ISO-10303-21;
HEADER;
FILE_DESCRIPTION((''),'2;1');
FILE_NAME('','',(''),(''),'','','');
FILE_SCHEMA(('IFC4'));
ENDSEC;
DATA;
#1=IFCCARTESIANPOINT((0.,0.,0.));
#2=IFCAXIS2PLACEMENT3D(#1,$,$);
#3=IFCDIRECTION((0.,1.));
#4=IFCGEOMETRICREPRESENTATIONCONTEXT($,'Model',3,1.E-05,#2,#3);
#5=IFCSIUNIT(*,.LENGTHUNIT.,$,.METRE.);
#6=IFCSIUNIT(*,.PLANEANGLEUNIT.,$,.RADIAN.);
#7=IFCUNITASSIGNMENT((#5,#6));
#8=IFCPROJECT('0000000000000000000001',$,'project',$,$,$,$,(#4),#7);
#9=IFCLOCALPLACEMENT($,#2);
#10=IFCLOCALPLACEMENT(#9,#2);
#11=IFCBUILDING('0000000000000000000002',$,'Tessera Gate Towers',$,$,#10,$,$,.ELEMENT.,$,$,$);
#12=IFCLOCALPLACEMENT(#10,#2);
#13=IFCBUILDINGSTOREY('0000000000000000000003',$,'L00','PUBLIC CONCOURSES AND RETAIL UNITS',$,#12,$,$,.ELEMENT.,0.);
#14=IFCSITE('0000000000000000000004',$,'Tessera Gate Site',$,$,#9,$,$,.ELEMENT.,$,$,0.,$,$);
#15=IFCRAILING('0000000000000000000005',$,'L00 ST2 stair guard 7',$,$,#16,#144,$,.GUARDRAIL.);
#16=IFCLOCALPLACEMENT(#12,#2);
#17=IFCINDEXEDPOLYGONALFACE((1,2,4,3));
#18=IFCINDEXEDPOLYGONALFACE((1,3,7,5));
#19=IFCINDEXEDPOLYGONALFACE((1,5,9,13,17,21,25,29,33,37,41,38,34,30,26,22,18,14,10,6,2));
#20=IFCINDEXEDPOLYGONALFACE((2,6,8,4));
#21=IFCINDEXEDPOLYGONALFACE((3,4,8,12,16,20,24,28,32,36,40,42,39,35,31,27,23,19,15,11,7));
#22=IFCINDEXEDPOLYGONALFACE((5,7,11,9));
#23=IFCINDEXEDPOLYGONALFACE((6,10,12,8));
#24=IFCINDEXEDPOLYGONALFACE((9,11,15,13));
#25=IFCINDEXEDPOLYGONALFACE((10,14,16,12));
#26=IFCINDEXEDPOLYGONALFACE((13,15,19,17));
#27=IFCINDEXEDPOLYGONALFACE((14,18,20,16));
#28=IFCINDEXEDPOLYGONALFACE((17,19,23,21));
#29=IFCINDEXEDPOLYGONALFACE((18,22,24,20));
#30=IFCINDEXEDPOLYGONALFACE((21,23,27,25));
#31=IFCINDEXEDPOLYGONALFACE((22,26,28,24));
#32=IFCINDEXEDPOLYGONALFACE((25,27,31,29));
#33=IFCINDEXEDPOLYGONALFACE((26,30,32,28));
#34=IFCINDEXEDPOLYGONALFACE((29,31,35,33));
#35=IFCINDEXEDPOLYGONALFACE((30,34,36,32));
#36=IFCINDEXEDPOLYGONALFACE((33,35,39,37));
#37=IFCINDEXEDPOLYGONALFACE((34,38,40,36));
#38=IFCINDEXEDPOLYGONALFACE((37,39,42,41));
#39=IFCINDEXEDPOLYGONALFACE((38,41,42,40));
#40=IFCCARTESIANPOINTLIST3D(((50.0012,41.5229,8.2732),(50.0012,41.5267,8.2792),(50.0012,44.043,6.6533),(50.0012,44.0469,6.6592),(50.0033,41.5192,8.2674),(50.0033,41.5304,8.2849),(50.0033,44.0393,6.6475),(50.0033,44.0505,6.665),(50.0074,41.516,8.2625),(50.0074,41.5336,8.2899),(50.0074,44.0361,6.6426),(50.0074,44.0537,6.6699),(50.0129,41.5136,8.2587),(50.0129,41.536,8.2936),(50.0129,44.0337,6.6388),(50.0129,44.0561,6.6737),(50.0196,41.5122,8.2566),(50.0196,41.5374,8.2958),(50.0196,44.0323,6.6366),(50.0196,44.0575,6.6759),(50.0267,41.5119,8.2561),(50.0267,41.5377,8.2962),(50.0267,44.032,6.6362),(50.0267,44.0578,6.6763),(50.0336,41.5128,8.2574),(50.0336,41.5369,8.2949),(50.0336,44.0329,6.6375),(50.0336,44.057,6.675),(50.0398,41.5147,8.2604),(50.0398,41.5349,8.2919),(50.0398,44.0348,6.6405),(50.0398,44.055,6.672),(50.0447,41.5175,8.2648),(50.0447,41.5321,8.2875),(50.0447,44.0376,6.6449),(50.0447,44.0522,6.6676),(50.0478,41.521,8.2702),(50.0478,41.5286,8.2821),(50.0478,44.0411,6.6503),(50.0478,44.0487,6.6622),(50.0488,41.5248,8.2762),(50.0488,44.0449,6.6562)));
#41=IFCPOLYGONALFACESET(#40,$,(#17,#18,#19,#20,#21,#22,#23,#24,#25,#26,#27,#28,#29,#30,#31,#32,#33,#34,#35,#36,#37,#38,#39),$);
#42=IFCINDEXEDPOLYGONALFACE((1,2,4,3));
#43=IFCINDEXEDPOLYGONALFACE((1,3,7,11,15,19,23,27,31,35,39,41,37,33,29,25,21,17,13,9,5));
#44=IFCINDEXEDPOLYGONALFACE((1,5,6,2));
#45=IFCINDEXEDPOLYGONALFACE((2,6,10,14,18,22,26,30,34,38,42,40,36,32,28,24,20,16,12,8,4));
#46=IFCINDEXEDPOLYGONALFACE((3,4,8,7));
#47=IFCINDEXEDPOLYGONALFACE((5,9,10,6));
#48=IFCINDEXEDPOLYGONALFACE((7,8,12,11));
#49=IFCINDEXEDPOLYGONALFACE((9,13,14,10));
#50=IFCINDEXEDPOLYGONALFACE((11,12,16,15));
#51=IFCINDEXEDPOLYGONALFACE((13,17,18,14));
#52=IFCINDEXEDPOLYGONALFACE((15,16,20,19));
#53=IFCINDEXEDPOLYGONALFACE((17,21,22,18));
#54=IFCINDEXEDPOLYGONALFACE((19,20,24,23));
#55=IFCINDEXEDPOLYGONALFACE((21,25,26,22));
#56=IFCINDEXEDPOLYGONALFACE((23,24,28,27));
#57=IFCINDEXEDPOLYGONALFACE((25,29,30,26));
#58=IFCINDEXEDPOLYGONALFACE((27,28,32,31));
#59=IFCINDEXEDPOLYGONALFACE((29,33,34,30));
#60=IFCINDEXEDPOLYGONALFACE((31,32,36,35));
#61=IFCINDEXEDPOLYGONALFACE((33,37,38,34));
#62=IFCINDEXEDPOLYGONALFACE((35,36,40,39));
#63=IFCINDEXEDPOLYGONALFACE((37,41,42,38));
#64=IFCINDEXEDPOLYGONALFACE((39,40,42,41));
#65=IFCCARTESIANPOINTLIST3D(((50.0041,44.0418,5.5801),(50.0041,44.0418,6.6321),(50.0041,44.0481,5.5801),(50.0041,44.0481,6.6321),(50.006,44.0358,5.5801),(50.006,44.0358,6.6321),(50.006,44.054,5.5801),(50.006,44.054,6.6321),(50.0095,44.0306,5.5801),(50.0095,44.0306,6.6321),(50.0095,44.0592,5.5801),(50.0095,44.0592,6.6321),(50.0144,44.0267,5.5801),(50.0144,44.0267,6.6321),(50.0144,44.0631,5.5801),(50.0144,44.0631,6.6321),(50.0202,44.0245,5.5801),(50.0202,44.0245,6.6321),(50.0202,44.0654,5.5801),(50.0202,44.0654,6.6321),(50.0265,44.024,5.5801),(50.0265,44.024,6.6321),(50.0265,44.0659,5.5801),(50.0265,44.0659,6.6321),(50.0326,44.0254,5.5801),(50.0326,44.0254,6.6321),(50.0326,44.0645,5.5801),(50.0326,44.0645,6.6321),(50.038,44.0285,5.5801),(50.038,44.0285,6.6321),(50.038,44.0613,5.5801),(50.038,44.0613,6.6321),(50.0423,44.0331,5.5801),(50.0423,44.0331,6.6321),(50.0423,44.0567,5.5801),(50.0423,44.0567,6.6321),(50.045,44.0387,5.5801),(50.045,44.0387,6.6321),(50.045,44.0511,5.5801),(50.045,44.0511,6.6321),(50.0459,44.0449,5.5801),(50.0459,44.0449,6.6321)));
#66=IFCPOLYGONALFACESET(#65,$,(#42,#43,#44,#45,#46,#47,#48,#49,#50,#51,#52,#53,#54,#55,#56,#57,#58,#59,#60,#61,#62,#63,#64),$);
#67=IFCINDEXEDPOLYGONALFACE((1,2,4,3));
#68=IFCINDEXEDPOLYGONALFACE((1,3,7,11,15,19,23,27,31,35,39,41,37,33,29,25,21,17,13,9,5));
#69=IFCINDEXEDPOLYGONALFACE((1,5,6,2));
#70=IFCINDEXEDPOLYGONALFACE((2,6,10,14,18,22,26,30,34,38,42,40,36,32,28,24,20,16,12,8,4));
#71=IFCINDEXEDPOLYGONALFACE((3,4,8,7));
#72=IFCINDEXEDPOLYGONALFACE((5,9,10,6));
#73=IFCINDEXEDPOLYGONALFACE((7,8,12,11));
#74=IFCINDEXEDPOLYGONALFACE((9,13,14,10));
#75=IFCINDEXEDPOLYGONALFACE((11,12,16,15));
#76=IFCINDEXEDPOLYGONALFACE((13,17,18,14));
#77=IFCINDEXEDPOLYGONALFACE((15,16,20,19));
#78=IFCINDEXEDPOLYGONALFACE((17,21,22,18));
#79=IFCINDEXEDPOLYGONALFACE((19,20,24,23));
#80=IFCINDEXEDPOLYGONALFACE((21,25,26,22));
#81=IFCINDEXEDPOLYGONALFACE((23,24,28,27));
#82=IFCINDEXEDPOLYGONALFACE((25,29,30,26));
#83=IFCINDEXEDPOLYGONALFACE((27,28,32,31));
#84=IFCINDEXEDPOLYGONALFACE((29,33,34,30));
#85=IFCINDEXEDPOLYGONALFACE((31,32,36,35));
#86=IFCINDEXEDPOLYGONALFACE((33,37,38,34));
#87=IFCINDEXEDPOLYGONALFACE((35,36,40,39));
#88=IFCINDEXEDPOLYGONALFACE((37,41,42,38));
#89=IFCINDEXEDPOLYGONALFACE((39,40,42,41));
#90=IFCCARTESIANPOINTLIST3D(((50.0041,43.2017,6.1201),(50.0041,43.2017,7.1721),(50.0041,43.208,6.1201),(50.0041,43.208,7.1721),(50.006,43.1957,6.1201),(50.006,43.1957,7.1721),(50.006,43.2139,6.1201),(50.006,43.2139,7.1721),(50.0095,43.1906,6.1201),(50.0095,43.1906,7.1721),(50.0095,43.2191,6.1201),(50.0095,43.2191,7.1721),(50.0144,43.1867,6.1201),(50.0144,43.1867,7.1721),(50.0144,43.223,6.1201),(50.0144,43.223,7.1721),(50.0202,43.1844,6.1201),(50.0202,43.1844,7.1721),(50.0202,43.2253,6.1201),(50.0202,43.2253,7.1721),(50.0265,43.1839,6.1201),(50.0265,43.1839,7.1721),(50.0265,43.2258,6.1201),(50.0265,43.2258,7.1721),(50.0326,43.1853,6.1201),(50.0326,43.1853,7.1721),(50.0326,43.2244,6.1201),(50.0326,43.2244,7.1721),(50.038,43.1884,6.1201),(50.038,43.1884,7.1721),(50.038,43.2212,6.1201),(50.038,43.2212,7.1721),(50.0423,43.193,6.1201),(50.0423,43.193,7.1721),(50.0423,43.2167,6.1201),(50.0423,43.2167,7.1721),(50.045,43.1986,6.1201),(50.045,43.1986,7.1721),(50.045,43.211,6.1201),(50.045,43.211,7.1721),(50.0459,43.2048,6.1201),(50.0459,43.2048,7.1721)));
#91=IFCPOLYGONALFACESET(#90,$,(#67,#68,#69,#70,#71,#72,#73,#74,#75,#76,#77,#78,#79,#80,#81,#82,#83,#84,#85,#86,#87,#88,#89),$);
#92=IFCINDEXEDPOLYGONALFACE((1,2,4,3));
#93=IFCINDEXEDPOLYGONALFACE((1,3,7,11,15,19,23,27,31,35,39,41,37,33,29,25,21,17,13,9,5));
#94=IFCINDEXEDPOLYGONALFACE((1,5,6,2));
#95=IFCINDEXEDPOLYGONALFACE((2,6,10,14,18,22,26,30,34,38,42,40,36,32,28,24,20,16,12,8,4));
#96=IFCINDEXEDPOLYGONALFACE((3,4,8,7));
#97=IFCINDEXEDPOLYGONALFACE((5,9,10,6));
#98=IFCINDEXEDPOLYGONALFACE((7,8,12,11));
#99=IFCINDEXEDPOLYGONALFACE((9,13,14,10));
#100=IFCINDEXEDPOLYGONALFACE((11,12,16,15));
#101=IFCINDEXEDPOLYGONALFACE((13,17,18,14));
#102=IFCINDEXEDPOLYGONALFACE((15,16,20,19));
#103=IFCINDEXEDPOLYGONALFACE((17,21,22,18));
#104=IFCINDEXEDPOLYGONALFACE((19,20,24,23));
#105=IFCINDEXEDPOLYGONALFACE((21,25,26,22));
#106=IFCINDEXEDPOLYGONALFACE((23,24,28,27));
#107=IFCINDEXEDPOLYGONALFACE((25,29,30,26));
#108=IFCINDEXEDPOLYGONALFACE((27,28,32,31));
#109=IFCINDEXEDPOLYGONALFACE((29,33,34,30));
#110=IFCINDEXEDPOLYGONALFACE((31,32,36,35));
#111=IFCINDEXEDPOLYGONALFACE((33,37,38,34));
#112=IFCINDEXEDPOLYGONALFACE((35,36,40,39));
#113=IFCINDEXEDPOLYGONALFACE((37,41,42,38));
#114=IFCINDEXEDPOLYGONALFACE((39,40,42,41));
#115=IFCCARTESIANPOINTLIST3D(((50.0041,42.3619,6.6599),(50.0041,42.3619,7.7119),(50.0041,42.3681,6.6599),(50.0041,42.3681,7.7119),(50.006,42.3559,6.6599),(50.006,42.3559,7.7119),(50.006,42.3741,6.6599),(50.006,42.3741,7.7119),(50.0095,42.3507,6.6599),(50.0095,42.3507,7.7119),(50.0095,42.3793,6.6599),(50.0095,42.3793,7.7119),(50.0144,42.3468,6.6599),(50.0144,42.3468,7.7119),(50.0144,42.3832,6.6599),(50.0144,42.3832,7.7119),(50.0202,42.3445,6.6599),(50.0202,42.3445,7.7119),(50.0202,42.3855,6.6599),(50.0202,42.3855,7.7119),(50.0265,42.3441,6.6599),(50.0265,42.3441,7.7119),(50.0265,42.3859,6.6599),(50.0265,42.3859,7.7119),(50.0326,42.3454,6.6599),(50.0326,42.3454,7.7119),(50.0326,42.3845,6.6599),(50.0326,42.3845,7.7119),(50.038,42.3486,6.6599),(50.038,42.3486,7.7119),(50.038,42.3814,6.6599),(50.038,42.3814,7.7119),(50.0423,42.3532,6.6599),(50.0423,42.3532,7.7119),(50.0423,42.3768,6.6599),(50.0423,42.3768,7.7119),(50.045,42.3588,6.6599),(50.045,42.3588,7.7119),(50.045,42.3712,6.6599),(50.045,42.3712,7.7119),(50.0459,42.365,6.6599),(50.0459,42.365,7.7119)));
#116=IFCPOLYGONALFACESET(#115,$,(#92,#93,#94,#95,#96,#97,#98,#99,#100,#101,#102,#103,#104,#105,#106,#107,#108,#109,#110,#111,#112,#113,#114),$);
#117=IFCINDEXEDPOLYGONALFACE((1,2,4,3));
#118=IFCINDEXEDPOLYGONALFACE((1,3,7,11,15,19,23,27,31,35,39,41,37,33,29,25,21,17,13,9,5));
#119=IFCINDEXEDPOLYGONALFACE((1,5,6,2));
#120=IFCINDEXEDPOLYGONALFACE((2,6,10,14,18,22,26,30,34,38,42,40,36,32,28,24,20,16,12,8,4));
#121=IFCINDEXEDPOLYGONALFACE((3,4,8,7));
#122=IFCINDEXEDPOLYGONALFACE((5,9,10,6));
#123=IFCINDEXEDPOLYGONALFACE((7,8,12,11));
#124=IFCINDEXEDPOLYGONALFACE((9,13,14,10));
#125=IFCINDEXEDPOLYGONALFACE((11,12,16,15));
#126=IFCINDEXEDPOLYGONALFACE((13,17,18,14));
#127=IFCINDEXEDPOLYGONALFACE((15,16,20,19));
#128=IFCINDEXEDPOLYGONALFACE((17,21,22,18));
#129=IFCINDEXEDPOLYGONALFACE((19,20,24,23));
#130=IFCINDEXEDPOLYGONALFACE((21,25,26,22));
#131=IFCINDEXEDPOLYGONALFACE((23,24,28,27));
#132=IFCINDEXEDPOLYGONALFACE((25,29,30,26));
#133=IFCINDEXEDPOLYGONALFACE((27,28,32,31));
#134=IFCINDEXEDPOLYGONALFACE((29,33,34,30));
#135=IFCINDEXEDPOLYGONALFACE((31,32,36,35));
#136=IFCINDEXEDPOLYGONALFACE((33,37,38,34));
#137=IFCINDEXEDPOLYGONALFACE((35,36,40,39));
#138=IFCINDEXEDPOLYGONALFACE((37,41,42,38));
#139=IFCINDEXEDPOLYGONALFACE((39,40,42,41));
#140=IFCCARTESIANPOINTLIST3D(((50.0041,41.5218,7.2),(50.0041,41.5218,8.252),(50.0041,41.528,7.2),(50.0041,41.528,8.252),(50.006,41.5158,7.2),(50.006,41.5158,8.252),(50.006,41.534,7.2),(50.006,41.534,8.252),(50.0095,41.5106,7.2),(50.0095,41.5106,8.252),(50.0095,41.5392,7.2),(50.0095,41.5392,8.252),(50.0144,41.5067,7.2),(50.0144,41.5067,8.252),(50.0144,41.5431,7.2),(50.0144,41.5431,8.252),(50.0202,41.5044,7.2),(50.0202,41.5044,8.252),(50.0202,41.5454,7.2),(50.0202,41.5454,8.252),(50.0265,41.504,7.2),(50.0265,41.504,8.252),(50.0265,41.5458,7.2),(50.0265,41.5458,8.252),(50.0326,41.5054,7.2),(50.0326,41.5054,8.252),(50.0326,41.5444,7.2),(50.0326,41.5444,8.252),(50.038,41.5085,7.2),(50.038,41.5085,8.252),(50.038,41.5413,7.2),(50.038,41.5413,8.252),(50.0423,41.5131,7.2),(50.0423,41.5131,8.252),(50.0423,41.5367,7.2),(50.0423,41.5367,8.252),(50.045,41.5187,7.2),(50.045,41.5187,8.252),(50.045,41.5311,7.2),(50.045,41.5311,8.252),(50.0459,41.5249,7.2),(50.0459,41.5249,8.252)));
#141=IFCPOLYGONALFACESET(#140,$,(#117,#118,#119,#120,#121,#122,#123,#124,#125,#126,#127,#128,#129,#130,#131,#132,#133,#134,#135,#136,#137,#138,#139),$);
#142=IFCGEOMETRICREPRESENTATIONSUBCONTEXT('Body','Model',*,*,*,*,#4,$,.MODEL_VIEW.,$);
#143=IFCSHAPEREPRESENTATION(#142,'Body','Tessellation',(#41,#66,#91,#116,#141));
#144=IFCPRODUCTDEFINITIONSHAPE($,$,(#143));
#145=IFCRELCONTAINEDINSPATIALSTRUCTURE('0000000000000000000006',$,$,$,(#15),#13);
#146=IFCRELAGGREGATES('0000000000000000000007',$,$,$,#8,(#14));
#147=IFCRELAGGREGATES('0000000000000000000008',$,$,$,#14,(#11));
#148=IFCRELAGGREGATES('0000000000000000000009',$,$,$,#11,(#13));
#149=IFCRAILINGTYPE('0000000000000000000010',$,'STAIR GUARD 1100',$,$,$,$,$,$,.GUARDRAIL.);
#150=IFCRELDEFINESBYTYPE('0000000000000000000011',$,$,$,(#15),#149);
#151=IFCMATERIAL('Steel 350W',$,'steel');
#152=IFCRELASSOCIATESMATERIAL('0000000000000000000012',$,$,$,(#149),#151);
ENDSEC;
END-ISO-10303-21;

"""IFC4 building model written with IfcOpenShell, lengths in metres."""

from ifc_helpers import new_model, si_unit, direction, frame, origin, origin_2d, place, context, subcontext, project, spatial, circle, extrude, material, type_object, element, save


model = new_model("IFC4")

# Units and contexts
model_context = context("Model", 3, precision=1e-05, world=origin(), true_north=direction((0.0, 1.0)))
body_context = subcontext(model_context, "Body", "Model", "MODEL_VIEW")
ifc_project = project(units=[si_unit("LENGTHUNIT", "METRE"), si_unit("PLANEANGLEUNIT", "RADIAN")], contexts=[model_context])

# Site, building, storey
site_placement = place(None, origin())
site = spatial("IfcSite", under=ifc_project, at=site_placement, Name="Tessera Gate Site", CompositionType="ELEMENT", RefElevation=0.0)
building_placement = place(site_placement, origin())
building = spatial("IfcBuilding", under=site, at=building_placement, Name="Tessera Gate Towers", CompositionType="ELEMENT")
storey_placement = place(building_placement, origin())
storey = spatial("IfcBuildingStorey", under=building, at=storey_placement, Name="L00", Description="PUBLIC CONCOURSES AND RETAIL UNITS", CompositionType="ELEMENT", Elevation=0.0)

# Railing
ifc_material_1 = material(Name="Steel 350W", Category="steel")
railing_type_1 = type_object("IfcRailingType", Name="STAIR GUARD 1100", PredefinedType="GUARDRAIL", material=ifc_material_1)
railing_1_placement = place(storey_placement, frame((50.0249, 44.0449, 5.5801)))
element("IfcRailing", 1, at=railing_1_placement, inside=storey, type_object=railing_type_1, Name="L00 ST2 stair guard 7", PredefinedType="GUARDRAIL", context=body_context, shape_type="SweptSolid", body=[
    extrude(circle(Radius=0.0239, at=origin_2d()), frame((0.0, 0.0, 1.0762), z_axis=(0.0, -0.8412, 0.540725), x_axis=(1.0, 0.0, 0.0)), (0.0, 0.0, 1.0), 2.9958),
    extrude(circle(Radius=0.021, at=origin_2d()), origin(), (0.0, 0.0, 1.0), 1.052),
    extrude(circle(Radius=0.021, at=origin_2d()), frame((0.0, -0.8401, 0.54)), (0.0, 0.0, 1.0), 1.052),
    extrude(circle(Radius=0.021, at=origin_2d()), frame((0.0, -1.6799, 1.0798)), (0.0, 0.0, 1.0), 1.052),
    extrude(circle(Radius=0.021, at=origin_2d()), frame((0.0, -2.52, 1.6199)), (0.0, 0.0, 1.0), 1.052),
])

save(model, "model.ifc")
